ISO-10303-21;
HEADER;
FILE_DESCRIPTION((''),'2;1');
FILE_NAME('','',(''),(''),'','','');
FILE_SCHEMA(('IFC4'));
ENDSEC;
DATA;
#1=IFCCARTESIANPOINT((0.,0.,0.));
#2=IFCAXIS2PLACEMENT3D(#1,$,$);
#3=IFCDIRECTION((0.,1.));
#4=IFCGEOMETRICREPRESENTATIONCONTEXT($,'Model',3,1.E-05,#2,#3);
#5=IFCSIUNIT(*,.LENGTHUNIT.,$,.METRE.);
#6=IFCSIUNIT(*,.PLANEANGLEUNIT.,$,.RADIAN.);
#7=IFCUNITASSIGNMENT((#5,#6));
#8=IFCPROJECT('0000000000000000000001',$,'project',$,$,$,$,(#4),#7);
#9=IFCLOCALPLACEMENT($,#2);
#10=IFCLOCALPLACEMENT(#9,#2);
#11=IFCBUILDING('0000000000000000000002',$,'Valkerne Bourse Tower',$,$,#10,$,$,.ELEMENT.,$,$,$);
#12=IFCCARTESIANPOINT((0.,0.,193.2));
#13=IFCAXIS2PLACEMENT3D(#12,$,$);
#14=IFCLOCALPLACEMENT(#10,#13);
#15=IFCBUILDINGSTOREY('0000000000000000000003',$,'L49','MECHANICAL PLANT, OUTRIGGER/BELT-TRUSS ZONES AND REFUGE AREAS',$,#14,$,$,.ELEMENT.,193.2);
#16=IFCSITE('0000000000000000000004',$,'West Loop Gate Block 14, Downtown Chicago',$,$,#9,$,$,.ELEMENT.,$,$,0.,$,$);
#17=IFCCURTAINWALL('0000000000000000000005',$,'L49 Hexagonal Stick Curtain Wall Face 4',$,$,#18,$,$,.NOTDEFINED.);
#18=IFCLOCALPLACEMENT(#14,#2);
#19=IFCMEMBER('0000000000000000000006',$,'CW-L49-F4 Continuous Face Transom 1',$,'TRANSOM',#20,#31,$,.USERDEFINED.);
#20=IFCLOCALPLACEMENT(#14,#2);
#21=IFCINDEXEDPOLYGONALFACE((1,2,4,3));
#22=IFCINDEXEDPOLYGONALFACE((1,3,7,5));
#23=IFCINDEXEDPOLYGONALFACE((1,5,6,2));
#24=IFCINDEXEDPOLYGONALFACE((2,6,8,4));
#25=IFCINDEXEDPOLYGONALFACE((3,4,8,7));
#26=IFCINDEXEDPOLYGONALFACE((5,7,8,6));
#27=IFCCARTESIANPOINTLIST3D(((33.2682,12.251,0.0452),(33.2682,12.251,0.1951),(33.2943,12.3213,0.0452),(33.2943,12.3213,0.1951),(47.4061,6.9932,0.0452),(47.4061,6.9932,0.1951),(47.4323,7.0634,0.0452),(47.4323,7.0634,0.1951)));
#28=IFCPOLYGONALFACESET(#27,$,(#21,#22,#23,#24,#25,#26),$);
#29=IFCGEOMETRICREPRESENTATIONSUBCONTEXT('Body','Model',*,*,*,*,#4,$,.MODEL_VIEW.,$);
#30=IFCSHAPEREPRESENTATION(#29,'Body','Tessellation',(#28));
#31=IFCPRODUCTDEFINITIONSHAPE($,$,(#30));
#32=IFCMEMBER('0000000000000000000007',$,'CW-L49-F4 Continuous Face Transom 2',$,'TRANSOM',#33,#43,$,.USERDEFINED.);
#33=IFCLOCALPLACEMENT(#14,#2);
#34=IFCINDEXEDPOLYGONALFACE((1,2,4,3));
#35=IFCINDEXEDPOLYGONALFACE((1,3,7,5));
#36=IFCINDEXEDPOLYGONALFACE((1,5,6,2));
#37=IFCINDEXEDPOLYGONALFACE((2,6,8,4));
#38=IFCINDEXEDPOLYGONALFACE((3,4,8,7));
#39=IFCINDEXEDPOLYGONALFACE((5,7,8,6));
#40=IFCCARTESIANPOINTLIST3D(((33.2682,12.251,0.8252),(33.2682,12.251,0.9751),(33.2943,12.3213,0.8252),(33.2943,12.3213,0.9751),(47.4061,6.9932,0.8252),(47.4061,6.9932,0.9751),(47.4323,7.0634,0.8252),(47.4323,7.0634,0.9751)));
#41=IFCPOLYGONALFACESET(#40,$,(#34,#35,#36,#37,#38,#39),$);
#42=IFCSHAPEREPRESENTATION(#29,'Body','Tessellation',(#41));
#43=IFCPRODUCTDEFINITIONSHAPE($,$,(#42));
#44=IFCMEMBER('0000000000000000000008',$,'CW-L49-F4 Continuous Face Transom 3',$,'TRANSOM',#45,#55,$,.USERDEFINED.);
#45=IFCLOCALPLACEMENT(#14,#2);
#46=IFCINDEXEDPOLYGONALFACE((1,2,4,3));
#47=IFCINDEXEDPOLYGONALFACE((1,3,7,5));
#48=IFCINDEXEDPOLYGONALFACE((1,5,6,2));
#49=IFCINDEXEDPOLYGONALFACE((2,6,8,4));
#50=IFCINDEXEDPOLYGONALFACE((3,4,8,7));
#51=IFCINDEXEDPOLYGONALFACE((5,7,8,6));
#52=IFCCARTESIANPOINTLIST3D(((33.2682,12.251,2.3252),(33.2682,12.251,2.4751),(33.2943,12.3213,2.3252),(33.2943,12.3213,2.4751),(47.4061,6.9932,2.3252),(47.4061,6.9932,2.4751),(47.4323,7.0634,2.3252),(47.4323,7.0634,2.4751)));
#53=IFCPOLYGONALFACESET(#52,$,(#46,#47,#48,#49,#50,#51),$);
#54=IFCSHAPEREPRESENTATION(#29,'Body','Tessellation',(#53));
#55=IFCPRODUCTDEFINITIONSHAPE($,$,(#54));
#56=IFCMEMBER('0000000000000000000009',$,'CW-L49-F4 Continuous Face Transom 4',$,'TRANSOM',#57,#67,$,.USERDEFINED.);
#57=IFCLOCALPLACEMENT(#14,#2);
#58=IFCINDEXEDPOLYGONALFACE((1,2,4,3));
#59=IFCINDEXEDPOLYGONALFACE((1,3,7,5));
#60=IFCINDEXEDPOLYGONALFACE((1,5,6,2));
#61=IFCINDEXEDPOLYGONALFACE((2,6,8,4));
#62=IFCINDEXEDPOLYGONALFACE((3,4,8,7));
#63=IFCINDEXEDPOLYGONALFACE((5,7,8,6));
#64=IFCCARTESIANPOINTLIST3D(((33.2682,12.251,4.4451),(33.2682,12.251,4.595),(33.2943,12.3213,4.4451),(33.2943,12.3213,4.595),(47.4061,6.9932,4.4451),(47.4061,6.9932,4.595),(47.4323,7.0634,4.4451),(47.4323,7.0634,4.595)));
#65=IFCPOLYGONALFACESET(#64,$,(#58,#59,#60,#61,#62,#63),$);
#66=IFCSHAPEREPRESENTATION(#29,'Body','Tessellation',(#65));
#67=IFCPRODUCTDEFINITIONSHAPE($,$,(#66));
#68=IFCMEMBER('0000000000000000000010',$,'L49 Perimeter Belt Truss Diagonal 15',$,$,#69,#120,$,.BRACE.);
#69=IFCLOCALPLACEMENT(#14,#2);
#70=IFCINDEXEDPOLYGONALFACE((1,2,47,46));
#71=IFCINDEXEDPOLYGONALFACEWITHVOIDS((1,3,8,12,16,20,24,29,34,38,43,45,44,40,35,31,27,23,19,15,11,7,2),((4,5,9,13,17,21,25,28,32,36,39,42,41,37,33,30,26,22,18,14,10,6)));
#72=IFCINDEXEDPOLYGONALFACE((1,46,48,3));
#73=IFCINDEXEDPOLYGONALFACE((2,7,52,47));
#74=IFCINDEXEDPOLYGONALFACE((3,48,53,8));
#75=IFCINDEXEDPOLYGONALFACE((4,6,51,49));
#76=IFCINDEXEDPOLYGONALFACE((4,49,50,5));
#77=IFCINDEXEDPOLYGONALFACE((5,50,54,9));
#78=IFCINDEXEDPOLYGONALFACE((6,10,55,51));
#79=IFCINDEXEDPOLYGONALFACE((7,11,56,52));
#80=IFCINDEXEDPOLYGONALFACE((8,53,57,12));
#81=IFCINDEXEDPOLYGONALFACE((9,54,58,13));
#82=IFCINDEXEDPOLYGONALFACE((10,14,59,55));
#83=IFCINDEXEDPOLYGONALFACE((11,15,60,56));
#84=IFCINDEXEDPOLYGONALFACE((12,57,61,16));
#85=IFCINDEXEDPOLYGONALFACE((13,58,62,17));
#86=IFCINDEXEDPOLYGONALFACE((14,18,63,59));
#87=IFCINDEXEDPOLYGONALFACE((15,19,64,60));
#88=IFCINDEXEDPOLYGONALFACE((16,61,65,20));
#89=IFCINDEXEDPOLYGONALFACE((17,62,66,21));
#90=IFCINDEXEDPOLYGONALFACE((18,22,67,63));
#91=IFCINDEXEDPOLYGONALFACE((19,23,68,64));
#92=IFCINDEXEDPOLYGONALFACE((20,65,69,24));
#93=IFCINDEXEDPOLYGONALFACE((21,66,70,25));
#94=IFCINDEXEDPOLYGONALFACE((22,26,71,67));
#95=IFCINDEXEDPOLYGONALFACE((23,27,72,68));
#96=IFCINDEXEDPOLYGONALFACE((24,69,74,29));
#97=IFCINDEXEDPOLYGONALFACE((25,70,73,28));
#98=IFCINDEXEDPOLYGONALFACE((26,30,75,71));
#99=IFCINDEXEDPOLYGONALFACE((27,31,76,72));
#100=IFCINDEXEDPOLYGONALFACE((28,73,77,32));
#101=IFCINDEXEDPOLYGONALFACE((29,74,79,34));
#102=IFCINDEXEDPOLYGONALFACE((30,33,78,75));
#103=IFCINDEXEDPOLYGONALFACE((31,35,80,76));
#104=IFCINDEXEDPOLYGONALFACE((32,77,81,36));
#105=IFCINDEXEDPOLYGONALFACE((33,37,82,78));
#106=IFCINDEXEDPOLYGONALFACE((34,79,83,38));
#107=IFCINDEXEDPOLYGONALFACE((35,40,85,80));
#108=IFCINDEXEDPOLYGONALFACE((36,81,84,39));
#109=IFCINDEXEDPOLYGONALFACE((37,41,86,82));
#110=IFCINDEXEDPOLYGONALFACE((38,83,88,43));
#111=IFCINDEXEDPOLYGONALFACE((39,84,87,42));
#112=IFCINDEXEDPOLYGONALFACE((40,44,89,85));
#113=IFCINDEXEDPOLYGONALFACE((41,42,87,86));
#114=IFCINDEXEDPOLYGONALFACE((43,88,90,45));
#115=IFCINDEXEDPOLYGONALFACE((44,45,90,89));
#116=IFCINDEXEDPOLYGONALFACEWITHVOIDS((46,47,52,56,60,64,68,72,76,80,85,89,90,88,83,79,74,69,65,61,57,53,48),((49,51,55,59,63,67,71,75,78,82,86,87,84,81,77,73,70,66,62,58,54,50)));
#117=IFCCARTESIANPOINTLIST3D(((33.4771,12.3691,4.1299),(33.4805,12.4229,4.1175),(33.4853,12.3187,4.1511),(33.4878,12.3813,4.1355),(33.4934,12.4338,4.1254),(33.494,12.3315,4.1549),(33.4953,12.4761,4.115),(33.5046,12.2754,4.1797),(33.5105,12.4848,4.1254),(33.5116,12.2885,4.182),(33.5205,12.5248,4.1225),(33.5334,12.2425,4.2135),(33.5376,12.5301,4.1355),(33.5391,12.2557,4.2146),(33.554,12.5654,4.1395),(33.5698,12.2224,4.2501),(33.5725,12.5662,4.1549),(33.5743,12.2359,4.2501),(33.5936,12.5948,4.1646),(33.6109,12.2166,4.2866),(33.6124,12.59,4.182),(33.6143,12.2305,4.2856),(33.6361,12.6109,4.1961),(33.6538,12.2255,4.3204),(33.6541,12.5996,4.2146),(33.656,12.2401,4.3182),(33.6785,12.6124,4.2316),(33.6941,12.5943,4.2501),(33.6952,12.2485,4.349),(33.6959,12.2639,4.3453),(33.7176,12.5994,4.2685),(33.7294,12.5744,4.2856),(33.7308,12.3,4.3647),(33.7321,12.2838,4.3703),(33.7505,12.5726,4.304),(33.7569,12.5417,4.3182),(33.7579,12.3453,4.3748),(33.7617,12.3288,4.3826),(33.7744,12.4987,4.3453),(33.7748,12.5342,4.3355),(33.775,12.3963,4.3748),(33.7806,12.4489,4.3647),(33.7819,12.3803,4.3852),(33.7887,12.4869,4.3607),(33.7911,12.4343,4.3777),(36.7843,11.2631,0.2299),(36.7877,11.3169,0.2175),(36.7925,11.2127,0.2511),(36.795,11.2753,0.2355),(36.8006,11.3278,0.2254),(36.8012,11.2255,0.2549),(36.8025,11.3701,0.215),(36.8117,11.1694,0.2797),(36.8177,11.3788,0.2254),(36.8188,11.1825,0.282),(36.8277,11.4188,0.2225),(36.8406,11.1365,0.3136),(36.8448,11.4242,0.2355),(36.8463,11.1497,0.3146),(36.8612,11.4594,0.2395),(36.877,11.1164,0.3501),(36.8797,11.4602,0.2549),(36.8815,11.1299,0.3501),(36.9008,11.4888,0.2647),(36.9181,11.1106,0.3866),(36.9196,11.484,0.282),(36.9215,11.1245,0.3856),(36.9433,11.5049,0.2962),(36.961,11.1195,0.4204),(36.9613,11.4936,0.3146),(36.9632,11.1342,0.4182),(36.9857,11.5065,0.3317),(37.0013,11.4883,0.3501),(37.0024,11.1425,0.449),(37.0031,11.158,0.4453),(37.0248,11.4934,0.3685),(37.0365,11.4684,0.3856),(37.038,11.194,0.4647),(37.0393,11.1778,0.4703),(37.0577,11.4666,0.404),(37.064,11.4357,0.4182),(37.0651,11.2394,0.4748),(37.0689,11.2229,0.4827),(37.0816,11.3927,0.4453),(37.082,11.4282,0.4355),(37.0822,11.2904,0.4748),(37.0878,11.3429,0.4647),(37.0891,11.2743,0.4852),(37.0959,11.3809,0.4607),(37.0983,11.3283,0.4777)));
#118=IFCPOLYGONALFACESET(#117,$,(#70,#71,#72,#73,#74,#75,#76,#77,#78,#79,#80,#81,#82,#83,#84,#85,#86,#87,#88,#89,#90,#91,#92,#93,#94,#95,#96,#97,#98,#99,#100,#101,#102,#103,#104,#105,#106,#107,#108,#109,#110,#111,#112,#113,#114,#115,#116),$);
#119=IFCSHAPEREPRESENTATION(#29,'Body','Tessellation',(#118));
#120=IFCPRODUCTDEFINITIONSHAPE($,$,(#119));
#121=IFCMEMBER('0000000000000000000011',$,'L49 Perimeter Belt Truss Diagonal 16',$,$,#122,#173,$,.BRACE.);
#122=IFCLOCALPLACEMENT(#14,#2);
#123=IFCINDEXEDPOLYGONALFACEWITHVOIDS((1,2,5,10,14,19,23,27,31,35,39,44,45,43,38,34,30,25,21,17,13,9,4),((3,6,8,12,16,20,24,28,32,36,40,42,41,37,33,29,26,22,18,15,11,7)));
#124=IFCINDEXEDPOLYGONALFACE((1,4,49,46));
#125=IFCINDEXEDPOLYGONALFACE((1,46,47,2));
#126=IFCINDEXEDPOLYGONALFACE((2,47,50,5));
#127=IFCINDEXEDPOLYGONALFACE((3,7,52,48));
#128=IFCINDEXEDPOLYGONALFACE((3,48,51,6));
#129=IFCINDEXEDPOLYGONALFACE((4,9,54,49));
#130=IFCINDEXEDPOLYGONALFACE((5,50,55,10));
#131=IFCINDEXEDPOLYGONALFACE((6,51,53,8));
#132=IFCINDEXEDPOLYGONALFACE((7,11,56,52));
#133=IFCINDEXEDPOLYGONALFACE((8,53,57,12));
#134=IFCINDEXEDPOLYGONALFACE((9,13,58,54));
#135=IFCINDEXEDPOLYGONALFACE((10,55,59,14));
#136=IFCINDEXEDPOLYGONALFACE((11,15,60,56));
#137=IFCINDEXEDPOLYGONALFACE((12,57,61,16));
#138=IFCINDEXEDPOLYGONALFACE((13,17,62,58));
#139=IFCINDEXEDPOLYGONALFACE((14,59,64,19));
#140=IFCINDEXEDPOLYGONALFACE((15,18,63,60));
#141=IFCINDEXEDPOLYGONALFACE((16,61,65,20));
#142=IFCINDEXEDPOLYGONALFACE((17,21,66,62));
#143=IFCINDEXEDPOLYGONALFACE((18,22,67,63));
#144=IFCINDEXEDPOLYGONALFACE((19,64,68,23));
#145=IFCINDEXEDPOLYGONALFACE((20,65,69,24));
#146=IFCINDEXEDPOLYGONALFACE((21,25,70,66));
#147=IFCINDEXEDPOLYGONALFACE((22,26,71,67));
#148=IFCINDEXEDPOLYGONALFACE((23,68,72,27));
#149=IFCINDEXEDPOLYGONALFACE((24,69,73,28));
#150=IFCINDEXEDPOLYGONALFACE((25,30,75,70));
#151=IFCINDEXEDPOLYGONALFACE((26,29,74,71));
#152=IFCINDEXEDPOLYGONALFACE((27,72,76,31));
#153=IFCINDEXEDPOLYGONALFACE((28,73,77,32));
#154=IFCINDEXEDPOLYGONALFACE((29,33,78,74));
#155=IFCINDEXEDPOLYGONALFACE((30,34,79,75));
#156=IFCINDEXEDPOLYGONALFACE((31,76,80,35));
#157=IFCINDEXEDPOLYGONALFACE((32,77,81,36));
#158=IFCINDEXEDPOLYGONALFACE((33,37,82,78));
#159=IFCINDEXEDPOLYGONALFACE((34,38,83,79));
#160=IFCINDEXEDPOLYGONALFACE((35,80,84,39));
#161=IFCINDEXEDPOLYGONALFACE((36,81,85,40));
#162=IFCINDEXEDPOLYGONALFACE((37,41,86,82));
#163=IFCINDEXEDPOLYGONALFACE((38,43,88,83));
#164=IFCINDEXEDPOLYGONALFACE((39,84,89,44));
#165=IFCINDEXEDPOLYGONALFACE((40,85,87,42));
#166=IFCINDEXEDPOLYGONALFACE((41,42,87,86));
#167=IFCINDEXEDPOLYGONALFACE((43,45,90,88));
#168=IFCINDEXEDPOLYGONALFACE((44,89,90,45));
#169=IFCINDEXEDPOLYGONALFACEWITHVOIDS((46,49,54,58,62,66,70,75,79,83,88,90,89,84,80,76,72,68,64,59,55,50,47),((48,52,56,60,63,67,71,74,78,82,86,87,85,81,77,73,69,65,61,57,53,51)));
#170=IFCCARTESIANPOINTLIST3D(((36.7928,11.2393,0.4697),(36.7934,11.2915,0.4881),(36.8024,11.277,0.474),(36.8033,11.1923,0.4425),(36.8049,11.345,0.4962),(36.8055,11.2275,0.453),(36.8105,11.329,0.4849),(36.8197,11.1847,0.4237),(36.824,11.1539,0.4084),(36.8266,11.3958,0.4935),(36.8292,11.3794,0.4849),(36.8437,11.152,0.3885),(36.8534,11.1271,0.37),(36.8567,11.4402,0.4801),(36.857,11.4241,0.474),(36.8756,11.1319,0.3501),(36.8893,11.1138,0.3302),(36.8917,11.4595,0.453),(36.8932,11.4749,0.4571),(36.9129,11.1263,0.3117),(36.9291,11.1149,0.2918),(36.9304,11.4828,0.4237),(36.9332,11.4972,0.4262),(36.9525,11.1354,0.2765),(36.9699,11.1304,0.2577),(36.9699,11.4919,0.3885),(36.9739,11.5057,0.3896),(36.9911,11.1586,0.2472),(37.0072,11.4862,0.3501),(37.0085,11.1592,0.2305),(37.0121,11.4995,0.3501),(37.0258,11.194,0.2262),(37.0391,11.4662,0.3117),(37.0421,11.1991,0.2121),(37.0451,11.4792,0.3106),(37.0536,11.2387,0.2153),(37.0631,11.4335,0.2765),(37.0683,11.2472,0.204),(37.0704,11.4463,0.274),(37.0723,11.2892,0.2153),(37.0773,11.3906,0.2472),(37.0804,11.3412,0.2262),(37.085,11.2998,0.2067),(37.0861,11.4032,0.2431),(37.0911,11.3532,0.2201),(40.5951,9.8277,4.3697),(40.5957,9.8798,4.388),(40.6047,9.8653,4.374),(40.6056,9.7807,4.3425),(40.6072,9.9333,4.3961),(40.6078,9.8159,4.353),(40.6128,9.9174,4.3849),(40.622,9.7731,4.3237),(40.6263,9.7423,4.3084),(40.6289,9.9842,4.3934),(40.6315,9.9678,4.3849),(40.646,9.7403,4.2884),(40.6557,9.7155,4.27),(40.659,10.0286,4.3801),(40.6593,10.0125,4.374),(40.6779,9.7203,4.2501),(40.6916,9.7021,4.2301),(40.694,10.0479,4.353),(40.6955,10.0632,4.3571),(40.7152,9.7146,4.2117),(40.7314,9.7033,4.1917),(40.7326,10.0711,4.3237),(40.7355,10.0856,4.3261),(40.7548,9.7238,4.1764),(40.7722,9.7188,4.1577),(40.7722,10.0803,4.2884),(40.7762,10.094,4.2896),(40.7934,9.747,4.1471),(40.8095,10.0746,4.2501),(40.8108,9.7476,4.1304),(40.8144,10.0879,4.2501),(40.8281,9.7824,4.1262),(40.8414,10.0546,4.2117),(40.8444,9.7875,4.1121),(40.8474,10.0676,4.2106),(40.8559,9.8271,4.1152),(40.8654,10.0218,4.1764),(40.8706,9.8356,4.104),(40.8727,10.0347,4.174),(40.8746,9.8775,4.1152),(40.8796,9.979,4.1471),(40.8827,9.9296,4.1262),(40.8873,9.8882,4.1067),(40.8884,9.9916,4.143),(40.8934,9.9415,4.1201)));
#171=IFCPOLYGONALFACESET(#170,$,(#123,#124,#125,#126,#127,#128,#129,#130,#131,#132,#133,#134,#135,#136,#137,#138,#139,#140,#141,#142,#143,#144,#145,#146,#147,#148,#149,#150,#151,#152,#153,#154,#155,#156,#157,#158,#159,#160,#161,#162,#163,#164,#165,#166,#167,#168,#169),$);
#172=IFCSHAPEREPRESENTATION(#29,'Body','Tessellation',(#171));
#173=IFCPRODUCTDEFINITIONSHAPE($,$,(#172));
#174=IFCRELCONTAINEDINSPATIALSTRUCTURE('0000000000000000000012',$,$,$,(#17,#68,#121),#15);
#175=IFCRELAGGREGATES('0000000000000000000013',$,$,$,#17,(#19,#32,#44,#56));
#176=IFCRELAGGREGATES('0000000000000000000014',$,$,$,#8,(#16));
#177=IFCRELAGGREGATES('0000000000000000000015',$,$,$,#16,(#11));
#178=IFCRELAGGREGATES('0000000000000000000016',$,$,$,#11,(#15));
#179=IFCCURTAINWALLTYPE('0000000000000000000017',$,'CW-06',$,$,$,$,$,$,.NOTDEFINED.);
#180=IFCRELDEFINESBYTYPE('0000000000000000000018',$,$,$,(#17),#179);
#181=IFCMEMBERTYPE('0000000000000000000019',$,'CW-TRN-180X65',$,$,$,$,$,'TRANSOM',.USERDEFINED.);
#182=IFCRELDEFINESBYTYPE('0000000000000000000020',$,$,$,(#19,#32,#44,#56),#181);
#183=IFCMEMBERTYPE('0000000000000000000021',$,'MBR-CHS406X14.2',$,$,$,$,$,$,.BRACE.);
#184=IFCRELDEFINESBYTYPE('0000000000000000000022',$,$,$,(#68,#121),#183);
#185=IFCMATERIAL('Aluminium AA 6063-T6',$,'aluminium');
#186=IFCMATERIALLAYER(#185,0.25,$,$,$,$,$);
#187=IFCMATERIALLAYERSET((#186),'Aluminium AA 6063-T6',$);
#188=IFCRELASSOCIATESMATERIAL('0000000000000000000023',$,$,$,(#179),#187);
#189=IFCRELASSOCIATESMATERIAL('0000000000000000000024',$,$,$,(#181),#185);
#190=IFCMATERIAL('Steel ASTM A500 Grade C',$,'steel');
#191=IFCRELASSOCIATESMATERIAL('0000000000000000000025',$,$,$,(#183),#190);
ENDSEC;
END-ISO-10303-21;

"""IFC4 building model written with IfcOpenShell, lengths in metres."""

from ifc_helpers import new_model, si_unit, direction, frame, origin, origin_2d, place, context, subcontext, project, spatial, rectangle, hollow_circle, extrude, material, layer, layer_set, material_profile, profile_set, type_object, element, aggregate, save


model = new_model("IFC4")

# Units and contexts
model_context = context("Model", 3, precision=1e-05, world=origin(), true_north=direction((0.0, 1.0)))
body_context = subcontext(model_context, "Body", "Model", "MODEL_VIEW")
ifc_project = project(units=[si_unit("LENGTHUNIT", "METRE"), si_unit("PLANEANGLEUNIT", "RADIAN")], contexts=[model_context])

# Site, building, storey
site_placement = place(None, origin())
site = spatial("IfcSite", under=ifc_project, at=site_placement, Name="West Loop Gate Block 14, Downtown Chicago", CompositionType="ELEMENT", RefElevation=0.0)
building_placement = place(site_placement, origin())
building = spatial("IfcBuilding", under=site, at=building_placement, Name="Valkerne Bourse Tower", CompositionType="ELEMENT")
storey_placement = place(building_placement, frame((0.0, 0.0, 193.2)))
storey = spatial("IfcBuildingStorey", under=building, at=storey_placement, Name="L49", Description="MECHANICAL PLANT, OUTRIGGER/BELT-TRUSS ZONES AND REFUGE AREAS", CompositionType="ELEMENT", Elevation=193.2)

# Curtain wall, members
ifc_material_1 = material(Name="Aluminium AA 6063-T6", Category="aluminium")
ifc_layer_1 = layer(ifc_material_1, 0.25)
ifc_layer_set_1 = layer_set([ifc_layer_1], Name="Aluminium AA 6063-T6")
curtain_wall_type = type_object("IfcCurtainWallType", Name="CW-06", PredefinedType="NOTDEFINED", material=ifc_layer_set_1)
curtain_wall_placement = place(storey_placement, origin())
curtain_wall = element("IfcCurtainWall", 1, at=curtain_wall_placement, inside=storey, type_object=curtain_wall_type, Name="L49 Hexagonal Stick Curtain Wall Face 4", PredefinedType="NOTDEFINED")
ifc_material_profile_1 = material_profile(ifc_material_1, rectangle(XDim=0.075, YDim=0.1499, at=origin_2d()), Name="CWT-75X150")
ifc_profile_set_1 = profile_set([ifc_material_profile_1], Name="Aluminium AA 6063-T6")
member_type_1 = type_object("IfcMemberType", Name="CW-TRN-180X65", ElementType="TRANSOM", PredefinedType="USERDEFINED", material=ifc_profile_set_1)
member_1_placement = place(storey_placement, frame((33.2812, 12.2861, 0.1201), z_axis=(0.937283, -0.34857, 0.0), x_axis=(0.34857, 0.937283, 0.0)))
member_1 = element("IfcMember", 2, at=member_1_placement, type_object=member_type_1, Name="CW-L49-F4 Continuous Face Transom 1", ObjectType="TRANSOM", PredefinedType="USERDEFINED", context=body_context, shape_type="SweptSolid", body=[
    extrude(rectangle(XDim=0.075, YDim=0.1499, at=origin_2d()), origin(), (0.0, 0.0, 1.0), 15.084),
])
member_2_placement = place(storey_placement, frame((33.2812, 12.2861, 0.9001), z_axis=(0.937283, -0.34857, 0.0), x_axis=(0.34857, 0.937283, 0.0)))
member_2 = element("IfcMember", 3, at=member_2_placement, type_object=member_type_1, Name="CW-L49-F4 Continuous Face Transom 2", ObjectType="TRANSOM", PredefinedType="USERDEFINED", context=body_context, shape_type="SweptSolid", body=[
    extrude(rectangle(XDim=0.075, YDim=0.1499, at=origin_2d()), origin(), (0.0, 0.0, 1.0), 15.084),
])
member_3_placement = place(storey_placement, frame((33.2812, 12.2861, 2.4001), z_axis=(0.937283, -0.34857, 0.0), x_axis=(0.34857, 0.937283, 0.0)))
member_3 = element("IfcMember", 4, at=member_3_placement, type_object=member_type_1, Name="CW-L49-F4 Continuous Face Transom 3", ObjectType="TRANSOM", PredefinedType="USERDEFINED", context=body_context, shape_type="SweptSolid", body=[
    extrude(rectangle(XDim=0.075, YDim=0.1499, at=origin_2d()), origin(), (0.0, 0.0, 1.0), 15.084),
])
member_4_placement = place(storey_placement, frame((33.2812, 12.2861, 4.52), z_axis=(0.937283, -0.34857, 0.0), x_axis=(0.34857, 0.937283, 0.0)))
member_4 = element("IfcMember", 5, at=member_4_placement, type_object=member_type_1, Name="CW-L49-F4 Continuous Face Transom 4", ObjectType="TRANSOM", PredefinedType="USERDEFINED", context=body_context, shape_type="SweptSolid", body=[
    extrude(rectangle(XDim=0.075, YDim=0.1499, at=origin_2d()), origin(), (0.0, 0.0, 1.0), 15.084),
])

# Members
ifc_material_2 = material(Name="Steel ASTM A500 Grade C", Category="steel")
ifc_material_profile_2 = material_profile(ifc_material_2, hollow_circle(Radius=0.2031, WallThickness=0.0142, at=origin_2d()), Name="CHS406X14.2")
ifc_profile_set_2 = profile_set([ifc_material_profile_2], Name="Steel ASTM A500 Grade C")
member_type_2 = type_object("IfcMemberType", Name="MBR-CHS406X14.2", PredefinedType="BRACE", material=ifc_profile_set_2)
member_5_placement = place(storey_placement, frame((36.9414, 11.3091, 0.3501), z_axis=(-0.632147, 0.2114, 0.745453), x_axis=(-0.317152, -0.948375, 0.0)))
element("IfcMember", 6, at=member_5_placement, inside=storey, type_object=member_type_2, Name="L49 Perimeter Belt Truss Diagonal 15", PredefinedType="BRACE", context=body_context, shape_type="SweptSolid", body=[
    extrude(hollow_circle(Radius=0.2031, WallThickness=0.0142, at=origin_2d()), origin(), (0.0, 0.0, 1.0), 5.2317),
])
member_6_placement = place(storey_placement, frame((36.9414, 11.3091, 0.3501), z_axis=(0.675759, -0.250882, 0.693115), x_axis=(0.348047, 0.937477, 0.0)))
element("IfcMember", 7, at=member_6_placement, inside=storey, type_object=member_type_2, Name="L49 Perimeter Belt Truss Diagonal 16", PredefinedType="BRACE", context=body_context, shape_type="SweptSolid", body=[
    extrude(hollow_circle(Radius=0.2031, WallThickness=0.0142, at=origin_2d()), origin(), (0.0, 0.0, 1.0), 5.6267),
])

aggregate(curtain_wall, [member_1, member_2, member_3, member_4])

save(model, "model.ifc")
